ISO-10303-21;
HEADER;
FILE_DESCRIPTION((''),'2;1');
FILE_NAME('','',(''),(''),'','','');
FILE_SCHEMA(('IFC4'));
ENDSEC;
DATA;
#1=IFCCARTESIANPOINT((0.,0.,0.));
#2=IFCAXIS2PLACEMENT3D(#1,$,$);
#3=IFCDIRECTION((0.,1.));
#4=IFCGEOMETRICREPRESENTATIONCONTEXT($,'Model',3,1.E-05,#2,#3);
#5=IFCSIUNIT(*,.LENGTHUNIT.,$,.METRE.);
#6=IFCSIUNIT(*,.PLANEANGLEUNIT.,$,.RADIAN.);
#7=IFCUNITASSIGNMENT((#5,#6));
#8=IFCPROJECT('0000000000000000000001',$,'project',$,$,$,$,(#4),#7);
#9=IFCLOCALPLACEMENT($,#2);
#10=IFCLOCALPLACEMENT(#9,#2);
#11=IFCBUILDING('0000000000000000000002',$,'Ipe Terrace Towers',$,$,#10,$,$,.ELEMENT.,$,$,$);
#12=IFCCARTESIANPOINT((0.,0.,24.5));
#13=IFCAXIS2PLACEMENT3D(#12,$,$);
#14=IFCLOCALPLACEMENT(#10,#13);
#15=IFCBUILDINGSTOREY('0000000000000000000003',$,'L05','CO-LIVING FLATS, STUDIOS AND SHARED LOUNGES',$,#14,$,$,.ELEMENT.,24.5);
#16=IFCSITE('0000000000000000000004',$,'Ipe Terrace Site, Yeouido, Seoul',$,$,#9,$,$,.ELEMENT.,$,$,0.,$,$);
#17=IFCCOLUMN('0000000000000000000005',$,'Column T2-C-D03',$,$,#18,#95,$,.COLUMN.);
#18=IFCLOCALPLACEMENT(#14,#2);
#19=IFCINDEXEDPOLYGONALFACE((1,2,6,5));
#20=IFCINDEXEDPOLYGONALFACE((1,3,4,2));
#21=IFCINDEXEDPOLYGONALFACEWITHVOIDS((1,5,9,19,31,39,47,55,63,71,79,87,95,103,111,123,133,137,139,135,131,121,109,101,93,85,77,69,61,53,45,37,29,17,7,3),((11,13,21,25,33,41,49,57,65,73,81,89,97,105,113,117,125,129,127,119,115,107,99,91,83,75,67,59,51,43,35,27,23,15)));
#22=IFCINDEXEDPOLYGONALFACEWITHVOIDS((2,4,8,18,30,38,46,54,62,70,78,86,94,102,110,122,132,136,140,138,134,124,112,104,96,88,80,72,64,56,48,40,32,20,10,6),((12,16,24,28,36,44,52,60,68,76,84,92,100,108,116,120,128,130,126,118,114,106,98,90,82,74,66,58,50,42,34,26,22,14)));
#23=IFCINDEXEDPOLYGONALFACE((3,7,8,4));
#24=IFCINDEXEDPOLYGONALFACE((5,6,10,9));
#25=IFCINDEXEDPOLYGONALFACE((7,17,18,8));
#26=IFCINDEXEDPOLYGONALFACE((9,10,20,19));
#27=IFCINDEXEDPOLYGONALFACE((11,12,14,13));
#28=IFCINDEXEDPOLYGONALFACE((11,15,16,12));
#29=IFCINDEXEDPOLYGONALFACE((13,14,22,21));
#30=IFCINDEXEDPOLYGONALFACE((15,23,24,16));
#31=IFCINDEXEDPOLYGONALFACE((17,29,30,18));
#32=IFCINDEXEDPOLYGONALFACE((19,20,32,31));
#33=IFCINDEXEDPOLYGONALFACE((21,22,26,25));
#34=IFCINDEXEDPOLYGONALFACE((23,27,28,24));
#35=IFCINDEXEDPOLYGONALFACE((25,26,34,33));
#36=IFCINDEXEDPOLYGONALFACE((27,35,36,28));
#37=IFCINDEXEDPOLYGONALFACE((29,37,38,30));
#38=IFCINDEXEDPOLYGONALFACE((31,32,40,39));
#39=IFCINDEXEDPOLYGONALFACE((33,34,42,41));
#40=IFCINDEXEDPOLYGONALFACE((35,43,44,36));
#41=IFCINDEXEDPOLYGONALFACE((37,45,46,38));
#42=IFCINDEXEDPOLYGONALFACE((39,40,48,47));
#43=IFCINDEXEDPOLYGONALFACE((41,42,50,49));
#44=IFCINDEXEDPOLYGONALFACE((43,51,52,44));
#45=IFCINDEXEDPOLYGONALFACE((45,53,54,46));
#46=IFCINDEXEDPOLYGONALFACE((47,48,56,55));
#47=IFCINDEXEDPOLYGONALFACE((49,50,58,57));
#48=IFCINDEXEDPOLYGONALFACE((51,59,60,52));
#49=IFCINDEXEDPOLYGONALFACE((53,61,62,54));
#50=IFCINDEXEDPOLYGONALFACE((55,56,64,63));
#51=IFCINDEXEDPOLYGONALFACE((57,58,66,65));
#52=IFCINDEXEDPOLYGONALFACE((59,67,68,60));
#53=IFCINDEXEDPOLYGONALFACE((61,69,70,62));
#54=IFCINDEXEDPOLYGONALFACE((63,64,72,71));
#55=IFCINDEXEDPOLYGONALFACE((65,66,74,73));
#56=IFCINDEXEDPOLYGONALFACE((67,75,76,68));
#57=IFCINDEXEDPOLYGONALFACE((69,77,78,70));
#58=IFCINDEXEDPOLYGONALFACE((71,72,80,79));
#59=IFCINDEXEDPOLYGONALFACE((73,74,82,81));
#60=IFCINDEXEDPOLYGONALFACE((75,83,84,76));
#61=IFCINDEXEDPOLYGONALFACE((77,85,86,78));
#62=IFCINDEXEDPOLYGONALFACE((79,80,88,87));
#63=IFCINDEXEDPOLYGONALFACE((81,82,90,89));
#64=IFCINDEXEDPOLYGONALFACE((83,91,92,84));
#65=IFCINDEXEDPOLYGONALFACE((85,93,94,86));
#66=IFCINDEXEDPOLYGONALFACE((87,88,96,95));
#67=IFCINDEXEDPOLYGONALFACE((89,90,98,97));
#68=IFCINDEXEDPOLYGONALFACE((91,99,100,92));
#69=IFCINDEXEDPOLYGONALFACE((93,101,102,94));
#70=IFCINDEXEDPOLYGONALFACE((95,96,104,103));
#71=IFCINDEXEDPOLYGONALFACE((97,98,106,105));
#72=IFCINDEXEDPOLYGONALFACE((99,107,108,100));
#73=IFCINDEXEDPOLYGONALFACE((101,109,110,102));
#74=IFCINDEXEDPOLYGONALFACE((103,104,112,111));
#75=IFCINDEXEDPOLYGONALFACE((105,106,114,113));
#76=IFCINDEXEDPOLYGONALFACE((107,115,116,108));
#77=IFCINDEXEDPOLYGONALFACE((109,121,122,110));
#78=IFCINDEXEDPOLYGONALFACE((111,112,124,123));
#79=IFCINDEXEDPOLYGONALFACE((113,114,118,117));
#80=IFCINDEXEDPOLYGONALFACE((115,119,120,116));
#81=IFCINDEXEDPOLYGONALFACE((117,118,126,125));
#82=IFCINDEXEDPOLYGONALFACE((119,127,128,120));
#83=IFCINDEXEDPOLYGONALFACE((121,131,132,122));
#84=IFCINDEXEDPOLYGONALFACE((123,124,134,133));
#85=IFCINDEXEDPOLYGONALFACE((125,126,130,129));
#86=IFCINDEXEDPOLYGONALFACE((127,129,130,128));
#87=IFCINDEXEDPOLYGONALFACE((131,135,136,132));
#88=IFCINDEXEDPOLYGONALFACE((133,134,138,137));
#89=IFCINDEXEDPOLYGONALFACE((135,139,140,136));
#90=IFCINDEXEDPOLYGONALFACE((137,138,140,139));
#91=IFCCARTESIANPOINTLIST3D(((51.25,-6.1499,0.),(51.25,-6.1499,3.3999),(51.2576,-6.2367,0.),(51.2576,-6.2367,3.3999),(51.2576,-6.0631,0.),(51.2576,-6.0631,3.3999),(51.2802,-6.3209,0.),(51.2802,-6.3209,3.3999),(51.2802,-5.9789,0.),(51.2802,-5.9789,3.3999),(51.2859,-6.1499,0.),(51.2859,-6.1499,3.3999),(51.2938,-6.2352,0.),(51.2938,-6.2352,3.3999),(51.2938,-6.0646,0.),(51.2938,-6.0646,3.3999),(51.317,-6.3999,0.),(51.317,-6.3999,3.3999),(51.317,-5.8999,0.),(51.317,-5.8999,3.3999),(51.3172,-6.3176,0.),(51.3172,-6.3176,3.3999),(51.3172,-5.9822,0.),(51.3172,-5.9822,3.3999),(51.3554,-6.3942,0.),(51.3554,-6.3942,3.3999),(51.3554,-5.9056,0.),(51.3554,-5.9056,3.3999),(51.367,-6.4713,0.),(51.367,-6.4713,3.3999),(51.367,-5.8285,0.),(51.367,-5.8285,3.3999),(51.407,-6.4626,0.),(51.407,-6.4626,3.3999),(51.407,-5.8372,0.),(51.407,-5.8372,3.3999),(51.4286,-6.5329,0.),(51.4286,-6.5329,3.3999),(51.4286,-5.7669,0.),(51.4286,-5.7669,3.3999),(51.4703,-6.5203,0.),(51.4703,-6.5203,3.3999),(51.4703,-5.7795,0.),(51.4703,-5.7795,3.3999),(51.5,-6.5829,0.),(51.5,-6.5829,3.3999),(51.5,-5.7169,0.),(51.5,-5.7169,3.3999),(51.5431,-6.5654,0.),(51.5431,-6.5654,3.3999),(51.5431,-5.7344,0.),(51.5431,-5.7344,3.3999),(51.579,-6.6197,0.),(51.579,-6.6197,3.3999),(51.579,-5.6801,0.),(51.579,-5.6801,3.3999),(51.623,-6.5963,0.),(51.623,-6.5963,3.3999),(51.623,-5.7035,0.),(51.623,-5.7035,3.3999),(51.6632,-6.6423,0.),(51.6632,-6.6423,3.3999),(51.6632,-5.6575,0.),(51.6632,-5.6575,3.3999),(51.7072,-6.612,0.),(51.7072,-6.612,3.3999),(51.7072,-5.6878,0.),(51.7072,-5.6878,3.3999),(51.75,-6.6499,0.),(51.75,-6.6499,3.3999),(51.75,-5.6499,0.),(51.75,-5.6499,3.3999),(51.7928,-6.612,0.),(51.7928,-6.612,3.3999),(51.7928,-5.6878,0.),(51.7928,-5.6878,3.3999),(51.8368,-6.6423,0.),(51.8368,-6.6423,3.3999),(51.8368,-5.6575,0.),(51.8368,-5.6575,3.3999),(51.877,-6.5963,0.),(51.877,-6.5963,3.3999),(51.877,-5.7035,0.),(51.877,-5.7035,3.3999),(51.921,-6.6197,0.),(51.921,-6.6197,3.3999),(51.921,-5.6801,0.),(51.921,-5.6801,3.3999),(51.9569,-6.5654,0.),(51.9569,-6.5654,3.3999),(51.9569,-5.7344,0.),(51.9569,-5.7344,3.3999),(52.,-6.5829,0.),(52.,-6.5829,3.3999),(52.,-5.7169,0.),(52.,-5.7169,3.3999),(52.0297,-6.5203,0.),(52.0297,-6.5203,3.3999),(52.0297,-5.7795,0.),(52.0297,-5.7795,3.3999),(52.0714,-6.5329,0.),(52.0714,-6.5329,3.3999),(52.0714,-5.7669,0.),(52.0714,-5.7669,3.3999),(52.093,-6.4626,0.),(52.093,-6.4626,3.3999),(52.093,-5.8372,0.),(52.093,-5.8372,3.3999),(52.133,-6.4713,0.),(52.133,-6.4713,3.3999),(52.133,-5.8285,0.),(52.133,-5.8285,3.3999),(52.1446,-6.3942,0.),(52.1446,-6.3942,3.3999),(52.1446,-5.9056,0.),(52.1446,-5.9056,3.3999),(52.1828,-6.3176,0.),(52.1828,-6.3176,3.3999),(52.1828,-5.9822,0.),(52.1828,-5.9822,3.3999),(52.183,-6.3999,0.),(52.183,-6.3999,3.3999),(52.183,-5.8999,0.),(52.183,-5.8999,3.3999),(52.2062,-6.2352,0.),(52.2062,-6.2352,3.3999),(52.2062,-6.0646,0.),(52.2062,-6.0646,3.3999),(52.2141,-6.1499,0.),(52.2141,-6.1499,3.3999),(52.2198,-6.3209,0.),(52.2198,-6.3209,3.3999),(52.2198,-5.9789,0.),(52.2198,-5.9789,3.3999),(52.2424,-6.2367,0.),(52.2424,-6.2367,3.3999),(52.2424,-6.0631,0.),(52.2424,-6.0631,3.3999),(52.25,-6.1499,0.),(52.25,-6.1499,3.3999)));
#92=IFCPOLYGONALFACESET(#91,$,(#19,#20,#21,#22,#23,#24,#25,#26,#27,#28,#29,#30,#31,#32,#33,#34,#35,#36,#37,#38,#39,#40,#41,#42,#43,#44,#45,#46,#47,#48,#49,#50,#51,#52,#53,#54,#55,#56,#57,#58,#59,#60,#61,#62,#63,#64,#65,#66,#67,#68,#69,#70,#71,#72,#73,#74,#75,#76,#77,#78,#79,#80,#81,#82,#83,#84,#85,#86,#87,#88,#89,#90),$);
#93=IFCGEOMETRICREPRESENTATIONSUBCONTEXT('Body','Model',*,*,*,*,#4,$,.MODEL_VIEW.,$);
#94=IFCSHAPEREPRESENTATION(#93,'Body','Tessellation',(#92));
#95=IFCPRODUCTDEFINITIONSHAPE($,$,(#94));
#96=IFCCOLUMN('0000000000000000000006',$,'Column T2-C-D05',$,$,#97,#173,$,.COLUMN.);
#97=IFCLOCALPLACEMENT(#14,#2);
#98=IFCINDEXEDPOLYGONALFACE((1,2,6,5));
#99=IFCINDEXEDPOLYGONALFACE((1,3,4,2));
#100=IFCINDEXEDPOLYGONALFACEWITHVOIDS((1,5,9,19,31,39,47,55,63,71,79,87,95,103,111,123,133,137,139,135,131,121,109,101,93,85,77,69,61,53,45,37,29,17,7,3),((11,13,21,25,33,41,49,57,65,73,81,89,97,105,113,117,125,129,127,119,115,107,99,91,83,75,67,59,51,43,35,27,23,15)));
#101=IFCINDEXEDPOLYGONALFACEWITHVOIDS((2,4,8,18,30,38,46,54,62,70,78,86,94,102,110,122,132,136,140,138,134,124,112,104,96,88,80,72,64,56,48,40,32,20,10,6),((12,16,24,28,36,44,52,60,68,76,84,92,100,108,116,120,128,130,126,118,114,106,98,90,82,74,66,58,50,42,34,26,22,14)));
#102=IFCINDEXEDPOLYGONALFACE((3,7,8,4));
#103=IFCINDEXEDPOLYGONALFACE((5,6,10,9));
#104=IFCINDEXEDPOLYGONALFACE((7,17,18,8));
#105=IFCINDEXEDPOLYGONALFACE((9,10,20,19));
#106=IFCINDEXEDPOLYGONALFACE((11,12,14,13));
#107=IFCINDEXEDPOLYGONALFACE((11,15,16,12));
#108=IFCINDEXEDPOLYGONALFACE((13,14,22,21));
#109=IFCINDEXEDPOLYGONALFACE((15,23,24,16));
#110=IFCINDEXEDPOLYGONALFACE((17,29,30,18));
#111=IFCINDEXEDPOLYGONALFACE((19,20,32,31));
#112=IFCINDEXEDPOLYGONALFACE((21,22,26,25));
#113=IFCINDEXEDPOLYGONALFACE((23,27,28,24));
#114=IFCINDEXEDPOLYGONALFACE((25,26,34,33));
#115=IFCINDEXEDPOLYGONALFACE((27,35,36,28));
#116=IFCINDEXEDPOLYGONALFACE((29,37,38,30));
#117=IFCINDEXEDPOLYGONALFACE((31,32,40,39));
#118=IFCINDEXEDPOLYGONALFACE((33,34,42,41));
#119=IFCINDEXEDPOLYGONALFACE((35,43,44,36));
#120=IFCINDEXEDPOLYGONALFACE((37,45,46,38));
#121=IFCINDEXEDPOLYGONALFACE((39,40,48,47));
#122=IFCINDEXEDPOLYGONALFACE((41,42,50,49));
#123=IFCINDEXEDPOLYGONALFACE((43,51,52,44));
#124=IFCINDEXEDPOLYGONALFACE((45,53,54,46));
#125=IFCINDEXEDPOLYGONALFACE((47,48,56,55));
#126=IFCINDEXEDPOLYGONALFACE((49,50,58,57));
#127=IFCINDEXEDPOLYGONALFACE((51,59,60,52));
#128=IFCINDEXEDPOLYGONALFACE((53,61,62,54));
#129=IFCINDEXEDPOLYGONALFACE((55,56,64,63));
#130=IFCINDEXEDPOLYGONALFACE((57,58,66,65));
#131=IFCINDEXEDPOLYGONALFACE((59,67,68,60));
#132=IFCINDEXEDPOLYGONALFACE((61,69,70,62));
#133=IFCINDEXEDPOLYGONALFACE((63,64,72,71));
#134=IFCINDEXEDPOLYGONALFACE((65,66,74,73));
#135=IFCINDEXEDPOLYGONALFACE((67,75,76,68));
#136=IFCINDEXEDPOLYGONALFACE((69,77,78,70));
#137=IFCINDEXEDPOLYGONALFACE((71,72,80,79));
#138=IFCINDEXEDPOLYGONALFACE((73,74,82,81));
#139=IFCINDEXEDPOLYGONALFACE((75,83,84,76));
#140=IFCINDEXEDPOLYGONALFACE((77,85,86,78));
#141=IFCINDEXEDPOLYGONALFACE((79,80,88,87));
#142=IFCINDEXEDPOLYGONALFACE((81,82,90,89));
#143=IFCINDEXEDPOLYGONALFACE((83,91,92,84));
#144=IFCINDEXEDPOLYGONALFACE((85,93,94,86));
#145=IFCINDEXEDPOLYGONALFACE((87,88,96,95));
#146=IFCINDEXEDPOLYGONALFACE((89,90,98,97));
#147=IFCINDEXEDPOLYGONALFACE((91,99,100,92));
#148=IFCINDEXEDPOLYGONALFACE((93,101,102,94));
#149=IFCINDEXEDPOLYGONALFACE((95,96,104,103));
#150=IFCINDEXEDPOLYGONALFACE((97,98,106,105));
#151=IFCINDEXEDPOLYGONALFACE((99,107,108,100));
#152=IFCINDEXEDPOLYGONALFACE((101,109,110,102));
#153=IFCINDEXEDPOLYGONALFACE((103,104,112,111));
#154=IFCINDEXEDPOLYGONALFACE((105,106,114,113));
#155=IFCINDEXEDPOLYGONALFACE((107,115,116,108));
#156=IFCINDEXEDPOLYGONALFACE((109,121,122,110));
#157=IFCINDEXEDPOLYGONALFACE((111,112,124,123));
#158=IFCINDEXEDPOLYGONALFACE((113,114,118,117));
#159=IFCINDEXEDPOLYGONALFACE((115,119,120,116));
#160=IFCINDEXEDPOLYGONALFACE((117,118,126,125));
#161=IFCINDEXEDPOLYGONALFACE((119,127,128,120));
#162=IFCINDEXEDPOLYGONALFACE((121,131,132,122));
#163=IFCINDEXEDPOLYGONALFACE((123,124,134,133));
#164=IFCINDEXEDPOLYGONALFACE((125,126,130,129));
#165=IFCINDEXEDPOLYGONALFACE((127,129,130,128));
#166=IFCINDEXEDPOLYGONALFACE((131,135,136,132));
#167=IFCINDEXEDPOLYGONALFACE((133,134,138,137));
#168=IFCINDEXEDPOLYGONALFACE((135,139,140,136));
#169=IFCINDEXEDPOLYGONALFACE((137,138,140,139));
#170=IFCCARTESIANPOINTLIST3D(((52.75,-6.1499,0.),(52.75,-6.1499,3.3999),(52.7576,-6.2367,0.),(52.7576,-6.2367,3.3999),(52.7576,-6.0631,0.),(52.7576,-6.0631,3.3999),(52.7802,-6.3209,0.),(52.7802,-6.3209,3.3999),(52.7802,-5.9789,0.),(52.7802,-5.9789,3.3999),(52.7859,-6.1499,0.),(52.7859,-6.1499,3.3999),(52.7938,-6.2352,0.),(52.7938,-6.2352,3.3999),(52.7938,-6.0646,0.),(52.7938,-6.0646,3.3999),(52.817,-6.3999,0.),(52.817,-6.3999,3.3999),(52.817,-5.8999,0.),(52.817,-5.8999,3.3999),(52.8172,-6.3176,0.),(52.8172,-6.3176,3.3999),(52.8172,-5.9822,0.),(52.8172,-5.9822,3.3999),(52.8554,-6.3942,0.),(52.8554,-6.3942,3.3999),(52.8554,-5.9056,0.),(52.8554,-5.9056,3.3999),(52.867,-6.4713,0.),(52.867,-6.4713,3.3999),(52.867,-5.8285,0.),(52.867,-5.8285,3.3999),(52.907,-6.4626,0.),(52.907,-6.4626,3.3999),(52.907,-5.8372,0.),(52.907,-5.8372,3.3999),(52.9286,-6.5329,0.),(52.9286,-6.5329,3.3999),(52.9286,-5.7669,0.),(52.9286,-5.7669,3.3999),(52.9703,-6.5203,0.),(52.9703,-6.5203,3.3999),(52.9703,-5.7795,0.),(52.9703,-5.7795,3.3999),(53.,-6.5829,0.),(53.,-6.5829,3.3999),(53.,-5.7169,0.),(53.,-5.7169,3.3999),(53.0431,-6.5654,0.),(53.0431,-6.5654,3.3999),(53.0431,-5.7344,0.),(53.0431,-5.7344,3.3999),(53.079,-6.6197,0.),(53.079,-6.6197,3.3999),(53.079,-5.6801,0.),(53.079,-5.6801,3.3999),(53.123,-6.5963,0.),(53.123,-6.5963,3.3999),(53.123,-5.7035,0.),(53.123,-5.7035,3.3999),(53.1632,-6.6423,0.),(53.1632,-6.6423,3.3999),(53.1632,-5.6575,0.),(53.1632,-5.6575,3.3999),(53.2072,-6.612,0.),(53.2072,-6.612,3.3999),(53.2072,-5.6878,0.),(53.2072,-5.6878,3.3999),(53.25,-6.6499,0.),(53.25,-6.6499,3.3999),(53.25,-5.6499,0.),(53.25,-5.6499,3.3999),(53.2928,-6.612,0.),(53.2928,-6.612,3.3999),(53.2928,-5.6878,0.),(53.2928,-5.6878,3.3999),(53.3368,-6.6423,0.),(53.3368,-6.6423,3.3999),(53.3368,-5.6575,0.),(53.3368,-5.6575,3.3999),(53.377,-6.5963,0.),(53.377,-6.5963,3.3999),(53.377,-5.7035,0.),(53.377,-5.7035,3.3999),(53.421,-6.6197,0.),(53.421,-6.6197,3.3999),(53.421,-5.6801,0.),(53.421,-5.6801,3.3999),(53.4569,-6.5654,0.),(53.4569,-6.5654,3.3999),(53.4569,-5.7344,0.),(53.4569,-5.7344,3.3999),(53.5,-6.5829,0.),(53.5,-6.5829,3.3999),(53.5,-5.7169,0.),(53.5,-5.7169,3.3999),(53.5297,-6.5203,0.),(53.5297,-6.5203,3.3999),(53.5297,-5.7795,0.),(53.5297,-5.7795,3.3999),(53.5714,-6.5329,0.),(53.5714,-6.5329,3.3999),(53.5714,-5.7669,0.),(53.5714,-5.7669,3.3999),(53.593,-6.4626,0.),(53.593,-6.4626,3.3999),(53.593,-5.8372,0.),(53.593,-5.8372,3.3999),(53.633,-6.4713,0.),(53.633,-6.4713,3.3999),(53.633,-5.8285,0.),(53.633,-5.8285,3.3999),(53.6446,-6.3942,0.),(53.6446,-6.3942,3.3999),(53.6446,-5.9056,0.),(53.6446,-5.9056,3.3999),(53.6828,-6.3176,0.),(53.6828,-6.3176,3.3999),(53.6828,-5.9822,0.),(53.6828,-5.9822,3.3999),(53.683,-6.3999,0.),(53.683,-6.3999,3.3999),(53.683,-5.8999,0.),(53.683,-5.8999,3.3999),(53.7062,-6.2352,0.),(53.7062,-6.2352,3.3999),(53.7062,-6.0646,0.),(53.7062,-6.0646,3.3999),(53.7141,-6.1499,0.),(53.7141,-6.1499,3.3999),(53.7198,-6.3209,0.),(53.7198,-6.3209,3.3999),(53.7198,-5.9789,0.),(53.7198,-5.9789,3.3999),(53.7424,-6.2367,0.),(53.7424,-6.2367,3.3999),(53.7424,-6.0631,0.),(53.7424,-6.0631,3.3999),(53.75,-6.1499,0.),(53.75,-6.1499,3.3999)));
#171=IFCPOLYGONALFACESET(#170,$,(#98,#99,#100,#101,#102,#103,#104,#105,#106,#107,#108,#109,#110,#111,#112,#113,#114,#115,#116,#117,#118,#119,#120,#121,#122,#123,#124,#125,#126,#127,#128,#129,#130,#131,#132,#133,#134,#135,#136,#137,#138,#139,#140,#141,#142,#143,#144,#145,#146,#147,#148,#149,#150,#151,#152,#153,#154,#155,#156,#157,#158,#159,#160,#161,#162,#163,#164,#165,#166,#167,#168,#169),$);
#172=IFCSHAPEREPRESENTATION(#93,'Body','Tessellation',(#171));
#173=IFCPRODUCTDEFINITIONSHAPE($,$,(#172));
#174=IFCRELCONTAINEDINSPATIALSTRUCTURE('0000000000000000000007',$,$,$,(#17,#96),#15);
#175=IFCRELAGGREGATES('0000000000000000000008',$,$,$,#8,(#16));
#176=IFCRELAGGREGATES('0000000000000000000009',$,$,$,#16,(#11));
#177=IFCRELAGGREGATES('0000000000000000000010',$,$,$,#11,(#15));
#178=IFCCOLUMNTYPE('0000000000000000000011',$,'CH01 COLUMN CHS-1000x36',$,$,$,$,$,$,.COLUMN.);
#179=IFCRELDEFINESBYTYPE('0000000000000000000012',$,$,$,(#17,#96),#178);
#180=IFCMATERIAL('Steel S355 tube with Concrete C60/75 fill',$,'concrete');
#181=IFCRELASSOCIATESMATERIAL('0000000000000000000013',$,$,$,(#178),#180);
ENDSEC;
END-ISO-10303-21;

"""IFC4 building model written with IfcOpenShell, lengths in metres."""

from ifc_helpers import new_model, si_unit, direction, frame, origin, origin_2d, place, context, subcontext, project, spatial, hollow_circle, extrude, material, material_profile, profile_set, type_object, element, save


model = new_model("IFC4")

# Units and contexts
model_context = context("Model", 3, precision=1e-05, world=origin(), true_north=direction((0.0, 1.0)))
body_context = subcontext(model_context, "Body", "Model", "MODEL_VIEW")
ifc_project = project(units=[si_unit("LENGTHUNIT", "METRE"), si_unit("PLANEANGLEUNIT", "RADIAN")], contexts=[model_context])

# Site, building, storey
site_placement = place(None, origin())
site = spatial("IfcSite", under=ifc_project, at=site_placement, Name="Ipe Terrace Site, Yeouido, Seoul", CompositionType="ELEMENT", RefElevation=0.0)
building_placement = place(site_placement, origin())
building = spatial("IfcBuilding", under=site, at=building_placement, Name="Ipe Terrace Towers", CompositionType="ELEMENT")
storey_placement = place(building_placement, frame((0.0, 0.0, 24.5)))
storey = spatial("IfcBuildingStorey", under=building, at=storey_placement, Name="L05", Description="CO-LIVING FLATS, STUDIOS AND SHARED LOUNGES", CompositionType="ELEMENT", Elevation=24.5)

# Columns
ifc_material_1 = material(Name="Steel S355 tube with Concrete C60/75 fill", Category="concrete")
ifc_material_profile_1 = material_profile(ifc_material_1, hollow_circle(Radius=0.5, WallThickness=0.0359, at=origin_2d()), Name="CHS-1000x36")
ifc_profile_set_1 = profile_set([ifc_material_profile_1], Name="Steel S355 tube with Concrete C60/75 fill")
column_type_1 = type_object("IfcColumnType", Name="CH01 COLUMN CHS-1000x36", PredefinedType="COLUMN", material=ifc_profile_set_1)
for number, where, z_axis, x_axis, name in (
    (1, (51.75, -6.1499, 0.0), (0.0, 0.0, 1.0), (1.0, 0.0, 0.0), "Column T2-C-D03"),
    (2, (53.25, -6.1499, 0.0), (0.0, 0.0, 1.0), (1.0, 0.0, 0.0), "Column T2-C-D05"),
):
    element("IfcColumn", number, at=place(storey_placement, frame(where, z_axis=z_axis, x_axis=x_axis)), inside=storey, type_object=column_type_1, Name=name, PredefinedType="COLUMN", context=body_context, shape_type="SweptSolid", body=[
        extrude(hollow_circle(Radius=0.5, WallThickness=0.0359, at=origin_2d()), origin(), (0.0, 0.0, 1.0), 3.3999),
    ])

save(model, "model.ifc")
